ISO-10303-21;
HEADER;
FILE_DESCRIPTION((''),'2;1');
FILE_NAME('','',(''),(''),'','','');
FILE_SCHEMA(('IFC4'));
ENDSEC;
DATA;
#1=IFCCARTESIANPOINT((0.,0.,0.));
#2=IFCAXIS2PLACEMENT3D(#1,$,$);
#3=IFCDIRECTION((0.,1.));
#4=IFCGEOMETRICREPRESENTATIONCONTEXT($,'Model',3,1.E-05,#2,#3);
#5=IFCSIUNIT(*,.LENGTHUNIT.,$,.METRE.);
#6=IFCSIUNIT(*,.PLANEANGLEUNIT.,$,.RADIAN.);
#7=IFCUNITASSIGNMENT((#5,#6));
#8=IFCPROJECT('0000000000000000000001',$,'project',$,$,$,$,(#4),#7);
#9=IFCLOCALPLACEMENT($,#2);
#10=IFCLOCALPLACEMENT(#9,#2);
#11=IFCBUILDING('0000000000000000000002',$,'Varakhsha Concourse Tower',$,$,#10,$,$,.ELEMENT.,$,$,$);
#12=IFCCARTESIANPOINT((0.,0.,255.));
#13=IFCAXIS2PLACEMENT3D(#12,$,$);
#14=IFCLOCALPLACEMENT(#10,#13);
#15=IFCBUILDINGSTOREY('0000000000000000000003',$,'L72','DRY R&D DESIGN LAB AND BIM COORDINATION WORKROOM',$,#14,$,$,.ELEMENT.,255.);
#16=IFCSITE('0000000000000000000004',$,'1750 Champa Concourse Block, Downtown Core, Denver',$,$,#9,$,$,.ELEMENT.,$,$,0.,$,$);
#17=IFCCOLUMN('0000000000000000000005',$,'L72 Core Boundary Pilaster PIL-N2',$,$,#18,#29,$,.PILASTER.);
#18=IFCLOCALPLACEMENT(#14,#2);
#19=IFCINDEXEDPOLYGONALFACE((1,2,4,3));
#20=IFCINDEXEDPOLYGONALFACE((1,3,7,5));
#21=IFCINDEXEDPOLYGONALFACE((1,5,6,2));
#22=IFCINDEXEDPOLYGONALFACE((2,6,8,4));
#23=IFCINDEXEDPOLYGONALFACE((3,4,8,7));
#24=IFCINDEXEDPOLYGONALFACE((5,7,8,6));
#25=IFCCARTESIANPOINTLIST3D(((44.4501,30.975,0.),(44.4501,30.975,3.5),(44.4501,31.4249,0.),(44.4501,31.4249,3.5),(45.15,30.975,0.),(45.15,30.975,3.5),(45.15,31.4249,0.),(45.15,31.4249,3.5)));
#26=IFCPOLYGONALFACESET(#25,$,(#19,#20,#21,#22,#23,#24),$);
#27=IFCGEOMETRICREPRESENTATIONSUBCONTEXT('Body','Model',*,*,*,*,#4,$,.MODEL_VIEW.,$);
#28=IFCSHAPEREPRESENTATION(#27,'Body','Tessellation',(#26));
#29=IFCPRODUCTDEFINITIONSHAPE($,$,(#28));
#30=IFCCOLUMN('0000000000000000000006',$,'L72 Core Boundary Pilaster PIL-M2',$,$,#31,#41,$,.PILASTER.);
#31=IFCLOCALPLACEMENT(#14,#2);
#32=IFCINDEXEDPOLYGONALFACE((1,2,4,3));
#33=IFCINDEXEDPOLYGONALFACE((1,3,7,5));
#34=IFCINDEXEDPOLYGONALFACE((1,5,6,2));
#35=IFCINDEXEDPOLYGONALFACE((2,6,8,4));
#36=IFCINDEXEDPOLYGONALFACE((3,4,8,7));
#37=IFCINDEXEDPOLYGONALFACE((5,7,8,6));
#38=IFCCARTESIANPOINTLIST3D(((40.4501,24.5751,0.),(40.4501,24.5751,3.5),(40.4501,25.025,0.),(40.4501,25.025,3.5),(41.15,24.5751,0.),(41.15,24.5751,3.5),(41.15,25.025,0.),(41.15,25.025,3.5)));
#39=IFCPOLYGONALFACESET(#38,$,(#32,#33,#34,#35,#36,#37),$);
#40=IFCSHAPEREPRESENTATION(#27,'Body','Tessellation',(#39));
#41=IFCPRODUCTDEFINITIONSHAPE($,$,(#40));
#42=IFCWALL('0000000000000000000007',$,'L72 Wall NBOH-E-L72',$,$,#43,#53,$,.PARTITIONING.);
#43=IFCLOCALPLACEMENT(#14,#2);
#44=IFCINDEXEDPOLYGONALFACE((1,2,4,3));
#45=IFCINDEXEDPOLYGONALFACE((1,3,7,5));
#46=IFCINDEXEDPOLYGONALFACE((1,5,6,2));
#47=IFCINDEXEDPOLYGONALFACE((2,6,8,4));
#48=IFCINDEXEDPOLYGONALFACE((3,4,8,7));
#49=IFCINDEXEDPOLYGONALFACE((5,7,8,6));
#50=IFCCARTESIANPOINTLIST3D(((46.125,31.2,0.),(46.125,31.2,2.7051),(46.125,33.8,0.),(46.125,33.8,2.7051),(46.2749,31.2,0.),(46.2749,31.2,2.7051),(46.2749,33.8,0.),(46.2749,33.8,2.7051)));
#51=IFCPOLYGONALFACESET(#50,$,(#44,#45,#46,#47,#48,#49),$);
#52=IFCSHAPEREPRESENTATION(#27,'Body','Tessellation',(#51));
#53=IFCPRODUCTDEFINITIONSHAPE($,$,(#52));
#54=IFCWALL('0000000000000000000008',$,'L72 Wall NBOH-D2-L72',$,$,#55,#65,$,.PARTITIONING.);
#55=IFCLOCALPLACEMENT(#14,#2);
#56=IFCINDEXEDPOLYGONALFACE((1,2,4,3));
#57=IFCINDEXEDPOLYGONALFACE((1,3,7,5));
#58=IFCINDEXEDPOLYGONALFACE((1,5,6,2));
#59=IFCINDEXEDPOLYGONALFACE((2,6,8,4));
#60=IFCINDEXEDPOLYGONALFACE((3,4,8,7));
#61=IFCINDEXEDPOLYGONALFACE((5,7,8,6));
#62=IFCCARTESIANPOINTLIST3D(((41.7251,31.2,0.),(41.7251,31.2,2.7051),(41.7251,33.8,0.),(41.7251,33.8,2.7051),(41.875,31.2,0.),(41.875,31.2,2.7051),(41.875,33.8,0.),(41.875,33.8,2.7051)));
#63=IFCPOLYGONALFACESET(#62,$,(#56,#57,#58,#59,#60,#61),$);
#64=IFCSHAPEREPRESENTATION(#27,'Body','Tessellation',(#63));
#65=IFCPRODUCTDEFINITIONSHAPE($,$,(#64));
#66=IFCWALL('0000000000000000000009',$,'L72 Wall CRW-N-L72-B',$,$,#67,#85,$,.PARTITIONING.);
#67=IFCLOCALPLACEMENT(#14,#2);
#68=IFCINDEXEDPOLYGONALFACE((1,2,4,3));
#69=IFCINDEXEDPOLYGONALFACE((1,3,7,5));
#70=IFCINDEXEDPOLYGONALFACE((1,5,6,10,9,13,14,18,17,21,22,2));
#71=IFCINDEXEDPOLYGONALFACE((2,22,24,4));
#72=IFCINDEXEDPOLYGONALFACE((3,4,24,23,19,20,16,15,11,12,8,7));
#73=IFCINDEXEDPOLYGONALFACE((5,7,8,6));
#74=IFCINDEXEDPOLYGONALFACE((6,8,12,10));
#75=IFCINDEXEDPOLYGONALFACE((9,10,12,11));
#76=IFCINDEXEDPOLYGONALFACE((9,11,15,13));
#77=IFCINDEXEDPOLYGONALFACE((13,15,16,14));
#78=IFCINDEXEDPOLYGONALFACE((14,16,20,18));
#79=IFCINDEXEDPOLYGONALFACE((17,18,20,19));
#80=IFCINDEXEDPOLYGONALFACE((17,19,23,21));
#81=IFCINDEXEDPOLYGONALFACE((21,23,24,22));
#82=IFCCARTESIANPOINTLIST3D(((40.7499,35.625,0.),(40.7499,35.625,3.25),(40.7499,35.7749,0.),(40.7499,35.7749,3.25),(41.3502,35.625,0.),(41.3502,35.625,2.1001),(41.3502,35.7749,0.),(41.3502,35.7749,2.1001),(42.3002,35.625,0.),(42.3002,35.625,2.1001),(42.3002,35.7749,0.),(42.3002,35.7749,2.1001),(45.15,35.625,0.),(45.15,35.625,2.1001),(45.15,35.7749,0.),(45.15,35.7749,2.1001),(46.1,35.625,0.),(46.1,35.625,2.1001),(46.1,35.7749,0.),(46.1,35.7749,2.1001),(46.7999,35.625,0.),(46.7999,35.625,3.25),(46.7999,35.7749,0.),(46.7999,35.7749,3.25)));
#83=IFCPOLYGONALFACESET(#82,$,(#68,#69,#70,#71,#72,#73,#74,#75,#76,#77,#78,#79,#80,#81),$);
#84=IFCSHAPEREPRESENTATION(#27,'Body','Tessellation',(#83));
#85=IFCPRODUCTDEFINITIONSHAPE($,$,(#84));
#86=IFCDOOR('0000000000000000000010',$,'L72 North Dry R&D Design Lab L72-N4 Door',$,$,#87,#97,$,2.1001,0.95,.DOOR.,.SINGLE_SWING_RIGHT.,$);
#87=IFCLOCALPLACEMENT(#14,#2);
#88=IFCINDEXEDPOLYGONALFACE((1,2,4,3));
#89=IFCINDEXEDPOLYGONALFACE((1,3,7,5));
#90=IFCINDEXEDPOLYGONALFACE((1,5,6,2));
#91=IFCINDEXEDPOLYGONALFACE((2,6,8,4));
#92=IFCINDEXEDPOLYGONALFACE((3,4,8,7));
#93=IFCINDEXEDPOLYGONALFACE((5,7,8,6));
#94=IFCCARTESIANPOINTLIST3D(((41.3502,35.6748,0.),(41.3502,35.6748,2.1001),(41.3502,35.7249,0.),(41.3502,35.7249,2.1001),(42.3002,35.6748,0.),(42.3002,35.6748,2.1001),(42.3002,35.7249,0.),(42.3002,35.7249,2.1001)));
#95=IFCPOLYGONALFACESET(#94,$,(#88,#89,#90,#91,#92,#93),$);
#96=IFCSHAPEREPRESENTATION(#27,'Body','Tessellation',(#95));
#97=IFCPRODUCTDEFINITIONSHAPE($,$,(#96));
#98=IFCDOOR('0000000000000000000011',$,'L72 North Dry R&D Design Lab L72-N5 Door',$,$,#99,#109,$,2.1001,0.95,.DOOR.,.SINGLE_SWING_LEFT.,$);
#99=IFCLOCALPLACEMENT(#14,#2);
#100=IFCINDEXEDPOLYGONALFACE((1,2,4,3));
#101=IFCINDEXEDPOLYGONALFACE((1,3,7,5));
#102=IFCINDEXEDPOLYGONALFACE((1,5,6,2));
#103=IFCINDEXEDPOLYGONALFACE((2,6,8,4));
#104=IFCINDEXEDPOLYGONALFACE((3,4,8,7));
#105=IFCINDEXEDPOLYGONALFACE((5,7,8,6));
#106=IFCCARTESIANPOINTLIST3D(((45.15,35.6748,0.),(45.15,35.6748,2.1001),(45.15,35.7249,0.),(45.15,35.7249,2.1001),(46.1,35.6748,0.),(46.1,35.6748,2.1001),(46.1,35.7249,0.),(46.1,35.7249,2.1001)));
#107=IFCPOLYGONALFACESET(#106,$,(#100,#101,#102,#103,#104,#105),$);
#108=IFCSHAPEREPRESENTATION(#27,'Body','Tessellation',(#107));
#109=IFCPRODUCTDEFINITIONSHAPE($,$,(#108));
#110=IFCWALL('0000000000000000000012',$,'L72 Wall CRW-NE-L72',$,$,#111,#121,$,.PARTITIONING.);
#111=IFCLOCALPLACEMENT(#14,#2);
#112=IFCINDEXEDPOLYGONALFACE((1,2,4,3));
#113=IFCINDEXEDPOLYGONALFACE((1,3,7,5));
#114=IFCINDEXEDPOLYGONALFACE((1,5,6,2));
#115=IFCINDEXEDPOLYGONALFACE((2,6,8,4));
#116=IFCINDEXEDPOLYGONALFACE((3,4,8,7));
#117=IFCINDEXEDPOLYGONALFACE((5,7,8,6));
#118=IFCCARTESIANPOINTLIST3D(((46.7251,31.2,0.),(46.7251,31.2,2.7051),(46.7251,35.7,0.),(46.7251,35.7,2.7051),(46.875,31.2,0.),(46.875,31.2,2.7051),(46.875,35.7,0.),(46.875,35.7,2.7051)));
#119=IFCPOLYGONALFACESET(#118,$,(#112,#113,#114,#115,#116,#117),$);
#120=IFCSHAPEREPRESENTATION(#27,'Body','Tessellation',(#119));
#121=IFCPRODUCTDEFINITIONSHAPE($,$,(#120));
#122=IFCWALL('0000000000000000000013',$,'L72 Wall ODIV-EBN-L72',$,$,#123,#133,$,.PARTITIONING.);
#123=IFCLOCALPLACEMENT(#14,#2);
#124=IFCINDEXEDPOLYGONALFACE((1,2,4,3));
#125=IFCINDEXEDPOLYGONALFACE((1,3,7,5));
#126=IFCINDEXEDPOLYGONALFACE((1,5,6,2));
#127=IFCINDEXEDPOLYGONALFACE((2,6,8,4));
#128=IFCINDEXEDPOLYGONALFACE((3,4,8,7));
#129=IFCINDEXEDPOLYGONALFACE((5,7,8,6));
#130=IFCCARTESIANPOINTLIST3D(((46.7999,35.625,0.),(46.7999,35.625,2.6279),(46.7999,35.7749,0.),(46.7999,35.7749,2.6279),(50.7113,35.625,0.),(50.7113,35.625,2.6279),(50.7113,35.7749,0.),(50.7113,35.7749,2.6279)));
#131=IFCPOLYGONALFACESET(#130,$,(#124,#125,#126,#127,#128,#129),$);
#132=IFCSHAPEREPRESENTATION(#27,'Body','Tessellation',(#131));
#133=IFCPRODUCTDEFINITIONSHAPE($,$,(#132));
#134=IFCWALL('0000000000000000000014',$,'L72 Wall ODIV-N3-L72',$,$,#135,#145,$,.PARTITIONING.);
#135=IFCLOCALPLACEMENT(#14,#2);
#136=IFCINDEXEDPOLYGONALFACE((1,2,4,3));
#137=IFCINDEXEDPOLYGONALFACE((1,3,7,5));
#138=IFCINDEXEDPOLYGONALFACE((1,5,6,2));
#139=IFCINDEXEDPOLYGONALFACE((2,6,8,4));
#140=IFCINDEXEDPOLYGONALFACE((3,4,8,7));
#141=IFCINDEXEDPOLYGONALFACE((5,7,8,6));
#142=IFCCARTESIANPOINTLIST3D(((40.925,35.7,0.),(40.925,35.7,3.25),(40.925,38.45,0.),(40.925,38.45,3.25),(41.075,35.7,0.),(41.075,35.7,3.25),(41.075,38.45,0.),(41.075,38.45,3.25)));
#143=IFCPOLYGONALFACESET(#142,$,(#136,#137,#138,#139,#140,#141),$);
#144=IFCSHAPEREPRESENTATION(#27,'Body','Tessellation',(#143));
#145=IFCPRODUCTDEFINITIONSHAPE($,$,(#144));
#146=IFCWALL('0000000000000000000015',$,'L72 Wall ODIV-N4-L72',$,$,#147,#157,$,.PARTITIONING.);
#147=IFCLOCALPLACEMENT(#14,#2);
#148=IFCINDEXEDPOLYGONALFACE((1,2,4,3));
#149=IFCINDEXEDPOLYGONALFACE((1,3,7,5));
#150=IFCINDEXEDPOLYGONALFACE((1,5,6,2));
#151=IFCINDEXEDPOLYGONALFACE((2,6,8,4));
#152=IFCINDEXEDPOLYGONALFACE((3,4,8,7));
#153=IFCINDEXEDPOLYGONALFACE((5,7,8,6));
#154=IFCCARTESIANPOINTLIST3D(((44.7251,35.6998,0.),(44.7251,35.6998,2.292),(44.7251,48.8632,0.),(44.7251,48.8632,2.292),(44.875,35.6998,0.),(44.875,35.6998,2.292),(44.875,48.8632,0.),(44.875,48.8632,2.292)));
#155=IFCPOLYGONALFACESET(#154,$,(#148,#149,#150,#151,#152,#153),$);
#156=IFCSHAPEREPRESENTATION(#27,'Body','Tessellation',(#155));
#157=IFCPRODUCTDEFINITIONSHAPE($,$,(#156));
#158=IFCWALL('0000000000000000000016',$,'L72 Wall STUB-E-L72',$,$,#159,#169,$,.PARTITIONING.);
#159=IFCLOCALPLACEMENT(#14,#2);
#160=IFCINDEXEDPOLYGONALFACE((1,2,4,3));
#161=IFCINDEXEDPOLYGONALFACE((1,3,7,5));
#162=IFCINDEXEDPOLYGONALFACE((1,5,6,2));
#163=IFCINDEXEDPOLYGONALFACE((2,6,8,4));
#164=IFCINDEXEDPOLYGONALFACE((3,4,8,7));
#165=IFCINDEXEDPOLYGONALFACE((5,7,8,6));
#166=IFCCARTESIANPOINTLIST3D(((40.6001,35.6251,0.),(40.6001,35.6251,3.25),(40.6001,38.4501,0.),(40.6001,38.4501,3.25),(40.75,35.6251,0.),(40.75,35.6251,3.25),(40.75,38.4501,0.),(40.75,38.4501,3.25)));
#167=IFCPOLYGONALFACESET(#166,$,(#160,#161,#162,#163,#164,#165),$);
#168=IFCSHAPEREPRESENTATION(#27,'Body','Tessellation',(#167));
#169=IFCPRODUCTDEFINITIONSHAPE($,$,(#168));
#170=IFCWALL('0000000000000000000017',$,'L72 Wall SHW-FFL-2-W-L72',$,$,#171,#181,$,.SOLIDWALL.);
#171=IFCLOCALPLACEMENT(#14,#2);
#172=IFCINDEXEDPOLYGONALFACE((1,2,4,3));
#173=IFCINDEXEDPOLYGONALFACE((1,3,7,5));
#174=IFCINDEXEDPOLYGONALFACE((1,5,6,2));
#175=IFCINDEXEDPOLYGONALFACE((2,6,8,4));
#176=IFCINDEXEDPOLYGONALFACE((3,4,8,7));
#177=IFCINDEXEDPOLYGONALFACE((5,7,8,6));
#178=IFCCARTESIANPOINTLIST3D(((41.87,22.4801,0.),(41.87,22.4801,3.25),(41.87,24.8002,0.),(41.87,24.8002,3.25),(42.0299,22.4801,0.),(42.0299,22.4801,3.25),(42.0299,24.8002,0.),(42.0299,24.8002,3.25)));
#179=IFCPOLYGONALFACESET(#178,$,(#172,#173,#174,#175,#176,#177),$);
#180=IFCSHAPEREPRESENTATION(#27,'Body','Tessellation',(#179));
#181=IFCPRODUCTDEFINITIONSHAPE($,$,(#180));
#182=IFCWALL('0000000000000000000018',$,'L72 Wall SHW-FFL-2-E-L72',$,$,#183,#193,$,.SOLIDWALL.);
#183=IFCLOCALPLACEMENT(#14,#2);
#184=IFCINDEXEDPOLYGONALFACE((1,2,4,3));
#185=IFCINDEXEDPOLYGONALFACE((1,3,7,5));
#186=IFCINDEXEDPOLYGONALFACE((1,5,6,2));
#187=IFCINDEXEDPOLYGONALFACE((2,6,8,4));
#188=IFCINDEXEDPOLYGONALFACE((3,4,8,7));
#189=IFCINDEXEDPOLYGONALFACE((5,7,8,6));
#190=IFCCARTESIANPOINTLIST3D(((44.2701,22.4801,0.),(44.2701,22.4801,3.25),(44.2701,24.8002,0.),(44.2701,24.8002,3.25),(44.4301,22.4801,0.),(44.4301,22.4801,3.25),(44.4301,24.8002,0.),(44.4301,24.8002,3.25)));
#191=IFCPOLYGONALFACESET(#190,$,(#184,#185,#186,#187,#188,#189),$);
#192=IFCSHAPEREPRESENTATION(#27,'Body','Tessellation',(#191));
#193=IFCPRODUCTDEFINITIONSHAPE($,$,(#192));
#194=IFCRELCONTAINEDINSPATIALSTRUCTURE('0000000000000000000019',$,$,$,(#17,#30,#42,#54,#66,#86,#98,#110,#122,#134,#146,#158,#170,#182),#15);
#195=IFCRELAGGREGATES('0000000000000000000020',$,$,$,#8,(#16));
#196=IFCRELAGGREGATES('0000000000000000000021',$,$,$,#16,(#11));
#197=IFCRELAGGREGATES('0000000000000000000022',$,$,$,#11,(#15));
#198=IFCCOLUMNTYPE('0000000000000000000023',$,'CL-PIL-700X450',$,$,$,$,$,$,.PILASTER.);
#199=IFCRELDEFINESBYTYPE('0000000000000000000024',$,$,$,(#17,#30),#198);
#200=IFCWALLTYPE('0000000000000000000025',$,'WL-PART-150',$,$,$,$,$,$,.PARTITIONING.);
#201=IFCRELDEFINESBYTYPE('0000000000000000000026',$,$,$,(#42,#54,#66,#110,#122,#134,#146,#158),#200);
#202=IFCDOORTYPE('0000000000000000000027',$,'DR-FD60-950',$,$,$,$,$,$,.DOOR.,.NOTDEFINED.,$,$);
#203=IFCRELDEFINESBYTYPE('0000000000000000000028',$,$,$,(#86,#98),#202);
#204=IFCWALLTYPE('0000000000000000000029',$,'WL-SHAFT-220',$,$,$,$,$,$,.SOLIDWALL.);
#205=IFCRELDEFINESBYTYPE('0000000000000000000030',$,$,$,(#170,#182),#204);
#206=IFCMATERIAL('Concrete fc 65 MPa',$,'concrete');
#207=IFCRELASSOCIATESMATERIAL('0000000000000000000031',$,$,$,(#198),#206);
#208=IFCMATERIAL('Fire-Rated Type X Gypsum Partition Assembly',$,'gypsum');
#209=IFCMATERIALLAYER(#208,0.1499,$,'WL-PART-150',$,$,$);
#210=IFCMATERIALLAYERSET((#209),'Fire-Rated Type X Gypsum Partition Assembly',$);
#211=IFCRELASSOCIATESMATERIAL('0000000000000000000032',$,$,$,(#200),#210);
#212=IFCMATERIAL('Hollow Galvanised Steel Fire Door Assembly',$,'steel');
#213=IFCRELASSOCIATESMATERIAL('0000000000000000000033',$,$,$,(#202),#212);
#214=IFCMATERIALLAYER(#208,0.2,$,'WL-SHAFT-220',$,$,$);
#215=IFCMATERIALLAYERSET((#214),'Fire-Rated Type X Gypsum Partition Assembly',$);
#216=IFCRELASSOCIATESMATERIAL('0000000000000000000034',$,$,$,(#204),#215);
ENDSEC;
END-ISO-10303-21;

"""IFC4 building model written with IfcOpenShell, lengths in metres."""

from ifc_helpers import new_model, si_unit, direction, frame, frame_2d, origin, origin_2d, place, context, subcontext, project, spatial, rectangle, extrude, material, layer, layer_set, material_profile, profile_set, type_object, element, fill, save


model = new_model("IFC4")

# Units and contexts
model_context = context("Model", 3, precision=1e-05, world=origin(), true_north=direction((0.0, 1.0)))
body_context = subcontext(model_context, "Body", "Model", "MODEL_VIEW")
ifc_project = project(units=[si_unit("LENGTHUNIT", "METRE"), si_unit("PLANEANGLEUNIT", "RADIAN")], contexts=[model_context])

# Site, building, storey
site_placement = place(None, origin())
site = spatial("IfcSite", under=ifc_project, at=site_placement, Name="1750 Champa Concourse Block, Downtown Core, Denver", CompositionType="ELEMENT", RefElevation=0.0)
building_placement = place(site_placement, origin())
building = spatial("IfcBuilding", under=site, at=building_placement, Name="Varakhsha Concourse Tower", CompositionType="ELEMENT")
storey_placement = place(building_placement, frame((0.0, 0.0, 255.0)))
storey = spatial("IfcBuildingStorey", under=building, at=storey_placement, Name="L72", Description="DRY R&D DESIGN LAB AND BIM COORDINATION WORKROOM", CompositionType="ELEMENT", Elevation=255.0)

# Columns
ifc_material_1 = material(Name="Concrete fc 65 MPa", Category="concrete")
ifc_material_profile = material_profile(ifc_material_1, rectangle(XDim=0.7, YDim=0.45, at=origin_2d()), Name="RC 700x450")
ifc_profile_set = profile_set([ifc_material_profile], Name="Concrete fc 65 MPa")
column_type = type_object("IfcColumnType", Name="CL-PIL-700X450", PredefinedType="PILASTER", material=ifc_profile_set)
for number, where, z_axis, x_axis, name in (
    (1, (44.8, 31.2, 0.0), (0.0, 0.0, 1.0), (1.0, 0.0, 0.0), "L72 Core Boundary Pilaster PIL-N2"),
    (2, (40.8, 24.8, 0.0), (0.0, 0.0, 1.0), (1.0, 0.0, 0.0), "L72 Core Boundary Pilaster PIL-M2"),
):
    element("IfcColumn", number, at=place(storey_placement, frame(where, z_axis=z_axis, x_axis=x_axis)), inside=storey, type_object=column_type, Name=name, PredefinedType="PILASTER", context=body_context, shape_type="SweptSolid", body=[
        extrude(rectangle(XDim=0.7, YDim=0.45, at=origin_2d()), origin(), (0.0, 0.0, 1.0), 3.5),
    ])

# Walls
ifc_material_2 = material(Name="Fire-Rated Type X Gypsum Partition Assembly", Category="gypsum")
ifc_layer_1 = layer(ifc_material_2, 0.1499, Name="WL-PART-150")
ifc_layer_set_1 = layer_set([ifc_layer_1], Name="Fire-Rated Type X Gypsum Partition Assembly")
wall_type_1 = type_object("IfcWallType", Name="WL-PART-150", PredefinedType="PARTITIONING", material=ifc_layer_set_1)
for number, where, z_axis, x_axis, name in (
    (3, (46.2, 31.2, 0.0), (0.0, 0.0, 1.0), (0.0, 1.0, 0.0), "L72 Wall NBOH-E-L72"),
    (4, (41.8, 31.2, 0.0), (0.0, 0.0, 1.0), (0.0, 1.0, 0.0), "L72 Wall NBOH-D2-L72"),
):
    element("IfcWall", number, at=place(storey_placement, frame(where, z_axis=z_axis, x_axis=x_axis)), inside=storey, type_object=wall_type_1, Name=name, PredefinedType="PARTITIONING", context=body_context, shape_type="SweptSolid", body=[
        extrude(rectangle(XDim=2.6001, YDim=0.1499, at=frame_2d((1.3, 0.0))), origin(), (0.0, 0.0, 1.0), 2.7051),
    ])

# Wall, openings, doors
wall_1_placement = place(storey_placement, frame((40.75, 35.7, 0.0), z_axis=(0.0, 0.0, 1.0), x_axis=(1.0, 0.0, 0.0)))
wall_1 = element("IfcWall", 5, at=wall_1_placement, inside=storey, type_object=wall_type_1, Name="L72 Wall CRW-N-L72-B", PredefinedType="PARTITIONING", context=body_context, shape_type="SweptSolid", body=[
    extrude(rectangle(XDim=6.05, YDim=0.1499, at=frame_2d((3.0249, 0.0))), origin(), (0.0, 0.0, 1.0), 3.25),
])
opening_1_placement = place(wall_1_placement, frame((0.6001, 0.0, 0.0)))
opening_1 = element("IfcOpeningElement", 6, at=opening_1_placement, cuts=wall_1, PredefinedType="OPENING", context=body_context, shape_type="SweptSolid", body=[
    extrude(rectangle(XDim=0.95, YDim=2.1001, at=frame_2d((0.4751, 1.05))), frame((0.0, 0.085, 0.0), z_axis=(0.0, -1.0, 0.0), x_axis=(1.0, 0.0, 0.0)), (0.0, 0.0, 1.0), 0.1699),
])
opening_2_placement = place(wall_1_placement, frame((4.3999, 0.0, 0.0)))
opening_2 = element("IfcOpeningElement", 7, at=opening_2_placement, cuts=wall_1, PredefinedType="OPENING", context=body_context, shape_type="SweptSolid", body=[
    extrude(rectangle(XDim=0.95, YDim=2.1001, at=frame_2d((0.4751, 1.05))), frame((0.0, 0.085, 0.0), z_axis=(0.0, -1.0, 0.0), x_axis=(1.0, 0.0, 0.0)), (0.0, 0.0, 1.0), 0.1699),
])
ifc_material_3 = material(Name="Hollow Galvanised Steel Fire Door Assembly", Category="steel")
door_type = type_object("IfcDoorType", Name="DR-FD60-950", OperationType="NOTDEFINED", PredefinedType="DOOR", material=ifc_material_3)
door_1_placement = place(opening_1_placement, origin())
door_1 = element("IfcDoor", 8, at=door_1_placement, inside=storey, type_object=door_type, Name="L72 North Dry R&D Design Lab L72-N4 Door", OperationType="SINGLE_SWING_RIGHT", OverallHeight=2.1001, OverallWidth=0.95, PredefinedType="DOOR", context=body_context, shape_type="SweptSolid", body=[
    extrude(rectangle(XDim=0.95, YDim=2.1001, at=frame_2d((0.4751, 1.05))), frame((0.0, 0.0249, 0.0), z_axis=(0.0, -1.0, 0.0), x_axis=(1.0, 0.0, 0.0)), (0.0, 0.0, 1.0), 0.05),
])
fill(opening_1, door_1)
door_2_placement = place(opening_2_placement, origin())
door_2 = element("IfcDoor", 9, at=door_2_placement, inside=storey, type_object=door_type, Name="L72 North Dry R&D Design Lab L72-N5 Door", OperationType="SINGLE_SWING_LEFT", OverallHeight=2.1001, OverallWidth=0.95, PredefinedType="DOOR", context=body_context, shape_type="SweptSolid", body=[
    extrude(rectangle(XDim=0.95, YDim=2.1001, at=frame_2d((0.4751, 1.05))), frame((0.0, 0.0249, 0.0), z_axis=(0.0, -1.0, 0.0), x_axis=(1.0, 0.0, 0.0)), (0.0, 0.0, 1.0), 0.05),
])
fill(opening_2, door_2)

# Walls
wall_2_placement = place(storey_placement, frame((46.8, 31.2, 0.0), z_axis=(0.0, 0.0, 1.0), x_axis=(0.0, 1.0, 0.0)))
element("IfcWall", 10, at=wall_2_placement, inside=storey, type_object=wall_type_1, Name="L72 Wall CRW-NE-L72", PredefinedType="PARTITIONING", context=body_context, shape_type="SweptSolid", body=[
    extrude(rectangle(XDim=4.5, YDim=0.1499, at=frame_2d((2.25, 0.0))), origin(), (0.0, 0.0, 1.0), 2.7051),
])
wall_3_placement = place(storey_placement, frame((46.8, 35.7, 0.0), z_axis=(0.0, 0.0, 1.0), x_axis=(1.0, 0.0, 0.0)))
element("IfcWall", 11, at=wall_3_placement, inside=storey, type_object=wall_type_1, Name="L72 Wall ODIV-EBN-L72", PredefinedType="PARTITIONING", context=body_context, shape_type="SweptSolid", body=[
    extrude(rectangle(XDim=3.9114, YDim=0.1499, at=frame_2d((1.9556, 0.0))), origin(), (0.0, 0.0, 1.0), 2.6279),
])
wall_4_placement = place(storey_placement, frame((41.0, 35.7, 0.0), z_axis=(0.0, 0.0, 1.0), x_axis=(0.0, 1.0, 0.0)))
element("IfcWall", 12, at=wall_4_placement, inside=storey, type_object=wall_type_1, Name="L72 Wall ODIV-N3-L72", PredefinedType="PARTITIONING", context=body_context, shape_type="SweptSolid", body=[
    extrude(rectangle(XDim=2.75, YDim=0.1499, at=frame_2d((1.375, 0.0))), origin(), (0.0, 0.0, 1.0), 3.25),
])
wall_5_placement = place(storey_placement, frame((44.8, 35.7, 0.0), z_axis=(0.0, 0.0, 1.0), x_axis=(0.0, 1.0, 0.0)))
element("IfcWall", 13, at=wall_5_placement, inside=storey, type_object=wall_type_1, Name="L72 Wall ODIV-N4-L72", PredefinedType="PARTITIONING", context=body_context, shape_type="SweptSolid", body=[
    extrude(rectangle(XDim=13.1633, YDim=0.1499, at=frame_2d((6.5815, 0.0))), origin(), (0.0, 0.0, 1.0), 2.292),
])
wall_6_placement = place(storey_placement, frame((40.675, 35.625, 0.0), z_axis=(0.0, 0.0, 1.0), x_axis=(0.0, 1.0, 0.0)))
element("IfcWall", 14, at=wall_6_placement, inside=storey, type_object=wall_type_1, Name="L72 Wall STUB-E-L72", PredefinedType="PARTITIONING", context=body_context, shape_type="SweptSolid", body=[
    extrude(rectangle(XDim=2.825, YDim=0.1499, at=frame_2d((1.4126, 0.0))), origin(), (0.0, 0.0, 1.0), 3.25),
])
ifc_layer_2 = layer(ifc_material_2, 0.2, Name="WL-SHAFT-220")
ifc_layer_set_2 = layer_set([ifc_layer_2], Name="Fire-Rated Type X Gypsum Partition Assembly")
wall_type_2 = type_object("IfcWallType", Name="WL-SHAFT-220", PredefinedType="SOLIDWALL", material=ifc_layer_set_2)
for number, where, z_axis, x_axis, name in (
    (15, (41.95, 22.48, 0.0), (0.0, 0.0, 1.0), (0.0, 1.0, 0.0), "L72 Wall SHW-FFL-2-W-L72"),
    (16, (44.3501, 22.48, 0.0), (0.0, 0.0, 1.0), (0.0, 1.0, 0.0), "L72 Wall SHW-FFL-2-E-L72"),
):
    element("IfcWall", number, at=place(storey_placement, frame(where, z_axis=z_axis, x_axis=x_axis)), inside=storey, type_object=wall_type_2, Name=name, PredefinedType="SOLIDWALL", context=body_context, shape_type="SweptSolid", body=[
        extrude(rectangle(XDim=2.3201, YDim=0.1599, at=frame_2d((1.1602, 0.0))), origin(), (0.0, 0.0, 1.0), 3.25),
    ])

save(model, "model.ifc")
